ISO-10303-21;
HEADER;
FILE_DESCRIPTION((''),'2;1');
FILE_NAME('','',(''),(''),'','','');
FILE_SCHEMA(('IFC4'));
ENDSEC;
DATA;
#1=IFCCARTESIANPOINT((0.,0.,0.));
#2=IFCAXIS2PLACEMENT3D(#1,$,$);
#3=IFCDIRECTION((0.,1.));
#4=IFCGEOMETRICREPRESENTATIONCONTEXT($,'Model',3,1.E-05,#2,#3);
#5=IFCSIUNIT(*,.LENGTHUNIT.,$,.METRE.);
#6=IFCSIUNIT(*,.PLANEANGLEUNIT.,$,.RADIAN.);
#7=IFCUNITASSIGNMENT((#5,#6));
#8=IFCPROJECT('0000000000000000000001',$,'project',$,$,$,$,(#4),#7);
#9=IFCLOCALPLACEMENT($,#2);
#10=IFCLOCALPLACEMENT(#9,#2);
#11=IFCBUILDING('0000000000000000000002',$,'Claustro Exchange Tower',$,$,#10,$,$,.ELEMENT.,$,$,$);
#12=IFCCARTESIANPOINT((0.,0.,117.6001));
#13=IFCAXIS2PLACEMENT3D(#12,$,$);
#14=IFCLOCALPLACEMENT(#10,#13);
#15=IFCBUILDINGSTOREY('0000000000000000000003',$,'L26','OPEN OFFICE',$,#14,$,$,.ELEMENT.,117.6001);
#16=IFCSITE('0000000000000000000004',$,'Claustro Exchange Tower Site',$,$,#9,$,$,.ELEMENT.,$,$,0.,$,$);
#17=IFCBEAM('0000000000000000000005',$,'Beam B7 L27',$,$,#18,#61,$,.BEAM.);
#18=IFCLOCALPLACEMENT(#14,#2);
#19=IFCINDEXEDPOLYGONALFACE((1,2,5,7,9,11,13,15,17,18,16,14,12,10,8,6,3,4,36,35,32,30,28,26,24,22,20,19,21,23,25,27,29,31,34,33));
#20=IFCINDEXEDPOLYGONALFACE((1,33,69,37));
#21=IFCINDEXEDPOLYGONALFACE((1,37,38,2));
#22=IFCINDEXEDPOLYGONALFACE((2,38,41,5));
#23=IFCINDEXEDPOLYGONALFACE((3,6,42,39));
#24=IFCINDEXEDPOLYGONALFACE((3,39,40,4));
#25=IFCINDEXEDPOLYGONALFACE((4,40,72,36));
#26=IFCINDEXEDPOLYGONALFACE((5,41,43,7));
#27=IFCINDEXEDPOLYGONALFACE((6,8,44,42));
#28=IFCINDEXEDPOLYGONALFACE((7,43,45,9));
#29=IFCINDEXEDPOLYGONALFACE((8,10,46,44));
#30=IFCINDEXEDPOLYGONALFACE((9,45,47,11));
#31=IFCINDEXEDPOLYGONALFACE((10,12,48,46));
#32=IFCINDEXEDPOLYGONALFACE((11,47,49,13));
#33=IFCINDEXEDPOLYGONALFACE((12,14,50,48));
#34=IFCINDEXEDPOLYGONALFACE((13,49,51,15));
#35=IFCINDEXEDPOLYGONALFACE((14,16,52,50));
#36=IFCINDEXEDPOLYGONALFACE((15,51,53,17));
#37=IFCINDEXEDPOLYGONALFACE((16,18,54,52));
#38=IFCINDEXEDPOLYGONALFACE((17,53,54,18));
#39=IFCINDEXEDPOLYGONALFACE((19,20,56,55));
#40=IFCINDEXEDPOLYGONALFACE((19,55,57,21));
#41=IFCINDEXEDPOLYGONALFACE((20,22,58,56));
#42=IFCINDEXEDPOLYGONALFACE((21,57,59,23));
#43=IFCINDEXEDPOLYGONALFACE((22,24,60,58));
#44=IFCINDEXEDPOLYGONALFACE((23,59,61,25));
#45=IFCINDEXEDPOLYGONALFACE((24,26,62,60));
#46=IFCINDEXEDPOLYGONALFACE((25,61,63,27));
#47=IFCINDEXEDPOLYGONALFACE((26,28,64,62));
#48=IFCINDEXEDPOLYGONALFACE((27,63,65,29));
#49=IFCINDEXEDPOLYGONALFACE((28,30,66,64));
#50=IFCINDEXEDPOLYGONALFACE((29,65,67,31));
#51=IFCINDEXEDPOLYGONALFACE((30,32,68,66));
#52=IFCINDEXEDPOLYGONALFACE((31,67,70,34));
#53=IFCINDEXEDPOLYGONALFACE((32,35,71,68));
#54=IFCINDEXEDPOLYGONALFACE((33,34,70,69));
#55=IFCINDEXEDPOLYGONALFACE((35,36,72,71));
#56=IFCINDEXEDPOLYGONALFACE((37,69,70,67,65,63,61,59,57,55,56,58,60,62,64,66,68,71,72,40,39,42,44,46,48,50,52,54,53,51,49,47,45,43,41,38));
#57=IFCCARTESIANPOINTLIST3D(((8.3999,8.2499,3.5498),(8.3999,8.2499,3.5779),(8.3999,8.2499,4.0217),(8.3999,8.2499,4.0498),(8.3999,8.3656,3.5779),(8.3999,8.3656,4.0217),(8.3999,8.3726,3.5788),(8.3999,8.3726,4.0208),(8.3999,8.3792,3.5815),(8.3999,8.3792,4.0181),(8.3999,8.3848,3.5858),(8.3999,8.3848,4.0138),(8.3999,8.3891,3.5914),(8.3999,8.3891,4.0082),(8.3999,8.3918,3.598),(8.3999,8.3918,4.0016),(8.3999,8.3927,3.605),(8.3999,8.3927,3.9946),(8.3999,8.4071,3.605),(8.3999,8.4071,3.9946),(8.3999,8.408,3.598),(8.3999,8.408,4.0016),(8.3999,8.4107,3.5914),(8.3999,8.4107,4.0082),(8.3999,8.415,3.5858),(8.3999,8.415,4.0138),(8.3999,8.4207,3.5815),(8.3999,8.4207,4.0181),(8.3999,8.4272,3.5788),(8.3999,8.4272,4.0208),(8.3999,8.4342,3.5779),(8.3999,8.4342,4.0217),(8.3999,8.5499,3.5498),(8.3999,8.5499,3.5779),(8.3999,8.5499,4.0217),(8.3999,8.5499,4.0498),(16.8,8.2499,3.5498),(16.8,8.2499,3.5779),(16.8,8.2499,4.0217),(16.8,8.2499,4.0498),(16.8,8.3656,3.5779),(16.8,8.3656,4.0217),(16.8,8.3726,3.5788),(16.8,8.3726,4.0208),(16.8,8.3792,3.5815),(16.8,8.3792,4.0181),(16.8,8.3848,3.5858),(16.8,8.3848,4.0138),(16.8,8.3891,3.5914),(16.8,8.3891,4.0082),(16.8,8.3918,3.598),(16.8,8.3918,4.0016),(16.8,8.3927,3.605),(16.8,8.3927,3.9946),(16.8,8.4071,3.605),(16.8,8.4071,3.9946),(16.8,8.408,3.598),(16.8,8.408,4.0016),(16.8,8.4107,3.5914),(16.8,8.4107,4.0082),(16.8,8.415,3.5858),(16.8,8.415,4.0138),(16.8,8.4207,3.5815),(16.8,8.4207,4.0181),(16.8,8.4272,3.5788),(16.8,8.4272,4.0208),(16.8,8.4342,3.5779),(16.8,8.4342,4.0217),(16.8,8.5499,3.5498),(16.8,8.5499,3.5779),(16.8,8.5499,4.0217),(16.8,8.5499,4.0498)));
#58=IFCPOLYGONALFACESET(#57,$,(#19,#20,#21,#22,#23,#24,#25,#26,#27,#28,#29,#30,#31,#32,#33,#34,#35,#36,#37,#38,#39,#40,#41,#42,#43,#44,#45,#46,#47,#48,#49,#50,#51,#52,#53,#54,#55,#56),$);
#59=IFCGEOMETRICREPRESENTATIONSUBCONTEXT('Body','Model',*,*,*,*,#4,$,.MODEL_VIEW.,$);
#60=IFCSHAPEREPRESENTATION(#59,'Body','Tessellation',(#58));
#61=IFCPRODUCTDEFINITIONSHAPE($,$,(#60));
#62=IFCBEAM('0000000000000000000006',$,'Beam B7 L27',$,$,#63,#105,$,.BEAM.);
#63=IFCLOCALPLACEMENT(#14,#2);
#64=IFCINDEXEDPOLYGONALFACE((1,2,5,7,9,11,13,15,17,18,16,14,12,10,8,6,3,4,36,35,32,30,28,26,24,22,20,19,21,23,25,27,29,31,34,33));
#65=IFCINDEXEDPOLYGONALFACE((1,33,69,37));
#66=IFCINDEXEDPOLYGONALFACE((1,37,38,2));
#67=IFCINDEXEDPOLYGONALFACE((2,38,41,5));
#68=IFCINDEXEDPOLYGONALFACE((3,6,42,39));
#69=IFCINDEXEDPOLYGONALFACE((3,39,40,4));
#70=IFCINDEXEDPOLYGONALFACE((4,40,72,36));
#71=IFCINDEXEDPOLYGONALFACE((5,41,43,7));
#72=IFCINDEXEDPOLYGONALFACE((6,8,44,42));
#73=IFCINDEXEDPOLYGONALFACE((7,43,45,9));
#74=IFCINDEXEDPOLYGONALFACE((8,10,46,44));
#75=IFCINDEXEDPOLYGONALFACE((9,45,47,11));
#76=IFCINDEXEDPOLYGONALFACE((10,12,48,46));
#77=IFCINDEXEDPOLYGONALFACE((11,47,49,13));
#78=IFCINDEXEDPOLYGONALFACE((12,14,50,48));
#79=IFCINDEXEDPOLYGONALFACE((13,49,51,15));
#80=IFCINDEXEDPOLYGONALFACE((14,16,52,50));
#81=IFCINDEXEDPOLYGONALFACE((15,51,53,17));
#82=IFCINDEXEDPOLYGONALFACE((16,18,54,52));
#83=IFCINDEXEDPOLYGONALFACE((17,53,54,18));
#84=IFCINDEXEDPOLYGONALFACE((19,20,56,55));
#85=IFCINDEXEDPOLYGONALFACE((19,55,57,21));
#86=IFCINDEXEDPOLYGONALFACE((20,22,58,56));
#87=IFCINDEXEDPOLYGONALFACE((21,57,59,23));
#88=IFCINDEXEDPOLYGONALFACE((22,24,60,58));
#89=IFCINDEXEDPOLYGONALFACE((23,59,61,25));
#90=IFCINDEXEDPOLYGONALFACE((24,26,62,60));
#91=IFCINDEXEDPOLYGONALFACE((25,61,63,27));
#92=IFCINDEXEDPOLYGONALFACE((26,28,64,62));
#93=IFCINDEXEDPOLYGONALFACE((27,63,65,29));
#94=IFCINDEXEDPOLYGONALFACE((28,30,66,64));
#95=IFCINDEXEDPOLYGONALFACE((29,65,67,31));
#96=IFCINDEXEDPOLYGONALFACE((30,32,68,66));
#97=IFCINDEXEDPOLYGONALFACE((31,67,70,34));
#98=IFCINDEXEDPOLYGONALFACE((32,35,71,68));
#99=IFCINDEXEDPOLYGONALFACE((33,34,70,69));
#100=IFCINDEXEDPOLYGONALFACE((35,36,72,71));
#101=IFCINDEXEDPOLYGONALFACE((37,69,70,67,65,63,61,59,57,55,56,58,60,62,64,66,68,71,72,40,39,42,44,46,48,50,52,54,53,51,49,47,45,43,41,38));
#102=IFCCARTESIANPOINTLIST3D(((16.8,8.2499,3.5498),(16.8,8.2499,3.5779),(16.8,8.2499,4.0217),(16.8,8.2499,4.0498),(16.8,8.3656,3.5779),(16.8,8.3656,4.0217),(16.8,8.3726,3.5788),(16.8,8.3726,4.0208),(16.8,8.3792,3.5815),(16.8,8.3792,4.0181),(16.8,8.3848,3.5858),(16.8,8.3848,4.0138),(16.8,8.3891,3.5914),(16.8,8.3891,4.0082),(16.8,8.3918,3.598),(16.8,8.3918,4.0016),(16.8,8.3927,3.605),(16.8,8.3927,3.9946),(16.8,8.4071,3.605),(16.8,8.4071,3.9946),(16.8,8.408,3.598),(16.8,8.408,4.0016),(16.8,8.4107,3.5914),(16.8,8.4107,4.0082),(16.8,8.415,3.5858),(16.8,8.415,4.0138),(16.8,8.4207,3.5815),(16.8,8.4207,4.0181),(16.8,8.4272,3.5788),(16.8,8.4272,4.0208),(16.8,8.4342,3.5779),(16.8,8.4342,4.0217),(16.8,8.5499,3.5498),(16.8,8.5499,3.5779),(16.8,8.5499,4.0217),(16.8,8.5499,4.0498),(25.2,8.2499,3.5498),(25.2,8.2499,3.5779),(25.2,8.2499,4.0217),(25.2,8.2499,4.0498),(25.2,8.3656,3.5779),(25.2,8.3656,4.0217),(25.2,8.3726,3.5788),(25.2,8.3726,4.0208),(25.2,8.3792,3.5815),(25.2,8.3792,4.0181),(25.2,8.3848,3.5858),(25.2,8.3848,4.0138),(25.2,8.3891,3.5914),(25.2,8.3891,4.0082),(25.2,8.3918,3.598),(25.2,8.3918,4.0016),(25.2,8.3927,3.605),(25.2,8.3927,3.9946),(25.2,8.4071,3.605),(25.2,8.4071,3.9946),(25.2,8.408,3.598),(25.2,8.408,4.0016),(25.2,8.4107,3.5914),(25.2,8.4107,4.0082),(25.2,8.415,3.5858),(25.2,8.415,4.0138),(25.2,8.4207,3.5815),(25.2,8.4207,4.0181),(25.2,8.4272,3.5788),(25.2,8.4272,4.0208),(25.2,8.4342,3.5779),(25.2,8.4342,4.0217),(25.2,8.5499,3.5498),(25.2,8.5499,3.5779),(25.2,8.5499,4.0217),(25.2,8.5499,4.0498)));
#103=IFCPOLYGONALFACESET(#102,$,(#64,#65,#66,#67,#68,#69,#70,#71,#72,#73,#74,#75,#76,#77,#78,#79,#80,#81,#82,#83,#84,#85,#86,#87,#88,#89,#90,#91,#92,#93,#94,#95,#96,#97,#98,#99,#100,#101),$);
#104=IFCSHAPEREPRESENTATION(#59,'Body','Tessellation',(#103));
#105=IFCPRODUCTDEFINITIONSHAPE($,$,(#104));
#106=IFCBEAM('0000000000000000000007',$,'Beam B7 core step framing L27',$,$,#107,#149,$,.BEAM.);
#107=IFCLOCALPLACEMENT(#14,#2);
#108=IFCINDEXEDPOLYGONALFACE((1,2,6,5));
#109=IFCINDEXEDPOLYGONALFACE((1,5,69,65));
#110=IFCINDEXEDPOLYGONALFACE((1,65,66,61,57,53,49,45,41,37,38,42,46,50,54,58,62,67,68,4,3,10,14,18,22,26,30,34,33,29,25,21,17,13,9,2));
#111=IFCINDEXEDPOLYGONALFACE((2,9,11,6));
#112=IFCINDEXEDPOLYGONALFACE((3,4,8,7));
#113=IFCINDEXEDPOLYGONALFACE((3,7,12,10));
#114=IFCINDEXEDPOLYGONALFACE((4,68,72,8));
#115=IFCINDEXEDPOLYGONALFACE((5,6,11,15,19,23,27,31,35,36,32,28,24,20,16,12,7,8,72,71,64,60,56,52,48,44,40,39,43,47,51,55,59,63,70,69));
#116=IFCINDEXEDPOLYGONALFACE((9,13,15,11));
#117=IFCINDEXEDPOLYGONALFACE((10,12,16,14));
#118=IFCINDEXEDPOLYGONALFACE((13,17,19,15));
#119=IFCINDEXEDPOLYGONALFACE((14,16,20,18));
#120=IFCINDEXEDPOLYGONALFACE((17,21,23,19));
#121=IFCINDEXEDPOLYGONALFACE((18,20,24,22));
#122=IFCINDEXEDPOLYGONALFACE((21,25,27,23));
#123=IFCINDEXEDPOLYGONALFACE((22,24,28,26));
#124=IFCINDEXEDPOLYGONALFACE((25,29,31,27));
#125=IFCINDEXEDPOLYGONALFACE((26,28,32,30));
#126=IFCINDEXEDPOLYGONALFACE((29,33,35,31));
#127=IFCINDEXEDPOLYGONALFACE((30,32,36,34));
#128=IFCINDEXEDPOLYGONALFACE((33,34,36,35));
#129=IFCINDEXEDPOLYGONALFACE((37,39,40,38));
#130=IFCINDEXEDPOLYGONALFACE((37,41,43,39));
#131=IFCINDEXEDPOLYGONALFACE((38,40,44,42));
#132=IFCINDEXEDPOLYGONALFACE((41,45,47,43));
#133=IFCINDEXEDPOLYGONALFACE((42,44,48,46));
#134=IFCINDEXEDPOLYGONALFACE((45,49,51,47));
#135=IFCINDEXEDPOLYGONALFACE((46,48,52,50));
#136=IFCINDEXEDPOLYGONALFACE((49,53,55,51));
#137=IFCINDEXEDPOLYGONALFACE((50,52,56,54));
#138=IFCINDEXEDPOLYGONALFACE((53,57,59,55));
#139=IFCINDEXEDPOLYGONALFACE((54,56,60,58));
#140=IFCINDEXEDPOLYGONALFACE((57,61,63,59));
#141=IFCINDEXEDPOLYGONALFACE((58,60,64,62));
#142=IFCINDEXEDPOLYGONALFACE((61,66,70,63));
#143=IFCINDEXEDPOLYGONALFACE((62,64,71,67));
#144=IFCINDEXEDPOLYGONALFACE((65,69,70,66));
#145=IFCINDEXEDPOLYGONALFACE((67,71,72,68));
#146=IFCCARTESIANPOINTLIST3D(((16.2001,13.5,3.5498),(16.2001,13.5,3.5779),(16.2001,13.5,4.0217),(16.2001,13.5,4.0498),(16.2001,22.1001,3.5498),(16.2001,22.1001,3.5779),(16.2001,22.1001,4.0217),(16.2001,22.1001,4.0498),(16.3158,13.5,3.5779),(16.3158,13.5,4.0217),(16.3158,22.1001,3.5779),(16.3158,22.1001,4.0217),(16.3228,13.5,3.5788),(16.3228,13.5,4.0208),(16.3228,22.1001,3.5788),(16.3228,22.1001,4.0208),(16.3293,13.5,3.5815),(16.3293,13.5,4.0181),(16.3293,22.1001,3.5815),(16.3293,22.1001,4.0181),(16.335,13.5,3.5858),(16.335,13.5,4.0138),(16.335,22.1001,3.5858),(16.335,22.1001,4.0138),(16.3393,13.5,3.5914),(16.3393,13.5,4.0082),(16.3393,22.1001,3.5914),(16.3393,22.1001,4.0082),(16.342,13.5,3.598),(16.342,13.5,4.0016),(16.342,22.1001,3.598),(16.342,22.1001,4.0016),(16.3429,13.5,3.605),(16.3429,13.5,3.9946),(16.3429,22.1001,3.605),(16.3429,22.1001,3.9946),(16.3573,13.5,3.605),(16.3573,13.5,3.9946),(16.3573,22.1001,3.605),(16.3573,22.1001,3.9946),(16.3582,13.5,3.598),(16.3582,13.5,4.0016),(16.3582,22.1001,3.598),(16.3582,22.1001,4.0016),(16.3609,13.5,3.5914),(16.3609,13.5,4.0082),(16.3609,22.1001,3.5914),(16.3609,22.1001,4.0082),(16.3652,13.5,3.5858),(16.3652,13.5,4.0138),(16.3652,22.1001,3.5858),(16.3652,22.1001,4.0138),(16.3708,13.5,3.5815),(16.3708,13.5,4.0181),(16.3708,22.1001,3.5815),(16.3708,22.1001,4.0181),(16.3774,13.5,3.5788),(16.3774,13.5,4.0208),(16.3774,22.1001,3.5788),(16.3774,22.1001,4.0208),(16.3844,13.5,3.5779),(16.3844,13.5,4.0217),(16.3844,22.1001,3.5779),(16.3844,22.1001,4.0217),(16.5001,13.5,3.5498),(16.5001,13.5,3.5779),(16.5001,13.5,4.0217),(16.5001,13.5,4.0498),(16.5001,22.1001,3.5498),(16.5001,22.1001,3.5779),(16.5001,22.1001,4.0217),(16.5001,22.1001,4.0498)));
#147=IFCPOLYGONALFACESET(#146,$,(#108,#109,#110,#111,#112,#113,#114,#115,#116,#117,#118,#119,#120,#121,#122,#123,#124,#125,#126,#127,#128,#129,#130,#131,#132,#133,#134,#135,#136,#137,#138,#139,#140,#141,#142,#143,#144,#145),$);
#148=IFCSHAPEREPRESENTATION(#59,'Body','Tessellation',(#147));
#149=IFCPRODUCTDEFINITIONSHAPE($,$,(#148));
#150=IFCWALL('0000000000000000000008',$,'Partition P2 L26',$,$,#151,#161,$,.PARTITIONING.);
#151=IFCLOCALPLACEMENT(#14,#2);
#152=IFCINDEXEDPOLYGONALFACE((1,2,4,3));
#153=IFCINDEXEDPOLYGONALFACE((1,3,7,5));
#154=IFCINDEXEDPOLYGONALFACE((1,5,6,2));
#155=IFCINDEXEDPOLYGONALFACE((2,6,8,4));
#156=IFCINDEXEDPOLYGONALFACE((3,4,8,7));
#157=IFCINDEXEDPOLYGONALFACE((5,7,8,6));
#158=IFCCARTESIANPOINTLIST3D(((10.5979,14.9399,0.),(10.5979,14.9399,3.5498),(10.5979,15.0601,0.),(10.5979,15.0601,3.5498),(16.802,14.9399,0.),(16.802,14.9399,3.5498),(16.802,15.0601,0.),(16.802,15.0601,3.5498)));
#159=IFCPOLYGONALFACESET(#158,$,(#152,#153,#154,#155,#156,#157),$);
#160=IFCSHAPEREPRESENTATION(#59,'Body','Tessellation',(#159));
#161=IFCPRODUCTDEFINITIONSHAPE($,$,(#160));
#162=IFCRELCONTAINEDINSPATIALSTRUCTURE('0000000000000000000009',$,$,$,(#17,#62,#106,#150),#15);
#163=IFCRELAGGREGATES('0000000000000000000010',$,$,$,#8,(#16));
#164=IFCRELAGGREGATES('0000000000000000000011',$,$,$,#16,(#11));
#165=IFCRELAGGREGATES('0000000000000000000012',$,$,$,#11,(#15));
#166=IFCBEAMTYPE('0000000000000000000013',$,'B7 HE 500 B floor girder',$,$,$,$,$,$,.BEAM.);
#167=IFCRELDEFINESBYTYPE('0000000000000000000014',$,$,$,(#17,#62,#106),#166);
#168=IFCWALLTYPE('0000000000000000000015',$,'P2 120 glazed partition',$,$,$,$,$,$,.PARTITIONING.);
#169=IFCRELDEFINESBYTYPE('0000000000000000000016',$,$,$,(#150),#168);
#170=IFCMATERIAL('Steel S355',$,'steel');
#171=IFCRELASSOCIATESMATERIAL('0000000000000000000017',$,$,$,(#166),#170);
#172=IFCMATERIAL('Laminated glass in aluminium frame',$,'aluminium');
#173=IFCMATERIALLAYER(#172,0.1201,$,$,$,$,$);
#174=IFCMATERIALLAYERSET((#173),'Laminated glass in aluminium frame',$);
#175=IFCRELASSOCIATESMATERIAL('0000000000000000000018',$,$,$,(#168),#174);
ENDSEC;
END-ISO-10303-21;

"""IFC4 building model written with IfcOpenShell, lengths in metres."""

from ifc_helpers import new_model, si_unit, direction, frame, frame_2d, origin, origin_2d, place, context, subcontext, project, spatial, rectangle, i_section, extrude, material, layer, layer_set, material_profile, profile_set, type_object, element, save


model = new_model("IFC4")

# Units and contexts
model_context = context("Model", 3, precision=1e-05, world=origin(), true_north=direction((0.0, 1.0)))
body_context = subcontext(model_context, "Body", "Model", "MODEL_VIEW")
ifc_project = project(units=[si_unit("LENGTHUNIT", "METRE"), si_unit("PLANEANGLEUNIT", "RADIAN")], contexts=[model_context])

# Site, building, storey
site_placement = place(None, origin())
site = spatial("IfcSite", under=ifc_project, at=site_placement, Name="Claustro Exchange Tower Site", CompositionType="ELEMENT", RefElevation=0.0)
building_placement = place(site_placement, origin())
building = spatial("IfcBuilding", under=site, at=building_placement, Name="Claustro Exchange Tower", CompositionType="ELEMENT")
storey_placement = place(building_placement, frame((0.0, 0.0, 117.6001)))
storey = spatial("IfcBuildingStorey", under=building, at=storey_placement, Name="L26", Description="OPEN OFFICE", CompositionType="ELEMENT", Elevation=117.6001)

# Beams
ifc_material_1 = material(Name="Steel S355", Category="steel")
ifc_material_profile_1 = material_profile(ifc_material_1, i_section(OverallWidth=0.3, OverallDepth=0.5, WebThickness=0.0144, FlangeThickness=0.0281, FilletRadius=0.0271, at=origin_2d()), Name="HE 500 B")
ifc_profile_set_1 = profile_set([ifc_material_profile_1], Name="Steel S355")
beam_type_1 = type_object("IfcBeamType", Name="B7 HE 500 B floor girder", PredefinedType="BEAM", material=ifc_profile_set_1)
beam_1_placement = place(storey_placement, frame((8.3999, 8.3999, 3.7998), z_axis=(1.0, 0.0, 0.0), x_axis=(0.0, 1.0, 0.0)))
element("IfcBeam", 1, at=beam_1_placement, inside=storey, type_object=beam_type_1, Name="Beam B7 L27", PredefinedType="BEAM", context=body_context, shape_type="SweptSolid", body=[
    extrude(i_section(OverallWidth=0.3, OverallDepth=0.5, WebThickness=0.0144, FlangeThickness=0.0281, FilletRadius=0.0271, at=origin_2d()), origin(), (0.0, 0.0, 1.0), 8.4001),
])
beam_2_placement = place(storey_placement, frame((16.8, 8.3999, 3.7998), z_axis=(1.0, 0.0, 0.0), x_axis=(0.0, 1.0, 0.0)))
element("IfcBeam", 2, at=beam_2_placement, inside=storey, type_object=beam_type_1, Name="Beam B7 L27", PredefinedType="BEAM", context=body_context, shape_type="SweptSolid", body=[
    extrude(i_section(OverallWidth=0.3, OverallDepth=0.5, WebThickness=0.0144, FlangeThickness=0.0281, FilletRadius=0.0271, at=origin_2d()), origin(), (0.0, 0.0, 1.0), 8.3999),
])
beam_3_placement = place(storey_placement, frame((16.3501, 13.5, 3.7998), z_axis=(0.0, 1.0, 0.0), x_axis=(-1.0, 0.0, 0.0)))
element("IfcBeam", 3, at=beam_3_placement, inside=storey, type_object=beam_type_1, Name="Beam B7 core step framing L27", PredefinedType="BEAM", context=body_context, shape_type="SweptSolid", body=[
    extrude(i_section(OverallWidth=0.3, OverallDepth=0.5, WebThickness=0.0144, FlangeThickness=0.0281, FilletRadius=0.0271, at=origin_2d()), origin(), (0.0, 0.0, 1.0), 8.6001),
])

# Wall
ifc_material_2 = material(Name="Laminated glass in aluminium frame", Category="aluminium")
ifc_layer_1 = layer(ifc_material_2, 0.1201)
ifc_layer_set_1 = layer_set([ifc_layer_1], Name="Laminated glass in aluminium frame")
wall_type_1 = type_object("IfcWallType", Name="P2 120 glazed partition", PredefinedType="PARTITIONING", material=ifc_layer_set_1)
wall_1_placement = place(storey_placement, frame((10.5979, 15.0, 0.0), z_axis=(0.0, 0.0, 1.0), x_axis=(1.0, 0.0, 0.0)))
element("IfcWall", 4, at=wall_1_placement, inside=storey, type_object=wall_type_1, Name="Partition P2 L26", PredefinedType="PARTITIONING", context=body_context, shape_type="SweptSolid", body=[
    extrude(rectangle(XDim=6.2041, YDim=0.1201, at=frame_2d((3.1021, 0.0))), origin(), (0.0, 0.0, 1.0), 3.5498),
])

save(model, "model.ifc")
